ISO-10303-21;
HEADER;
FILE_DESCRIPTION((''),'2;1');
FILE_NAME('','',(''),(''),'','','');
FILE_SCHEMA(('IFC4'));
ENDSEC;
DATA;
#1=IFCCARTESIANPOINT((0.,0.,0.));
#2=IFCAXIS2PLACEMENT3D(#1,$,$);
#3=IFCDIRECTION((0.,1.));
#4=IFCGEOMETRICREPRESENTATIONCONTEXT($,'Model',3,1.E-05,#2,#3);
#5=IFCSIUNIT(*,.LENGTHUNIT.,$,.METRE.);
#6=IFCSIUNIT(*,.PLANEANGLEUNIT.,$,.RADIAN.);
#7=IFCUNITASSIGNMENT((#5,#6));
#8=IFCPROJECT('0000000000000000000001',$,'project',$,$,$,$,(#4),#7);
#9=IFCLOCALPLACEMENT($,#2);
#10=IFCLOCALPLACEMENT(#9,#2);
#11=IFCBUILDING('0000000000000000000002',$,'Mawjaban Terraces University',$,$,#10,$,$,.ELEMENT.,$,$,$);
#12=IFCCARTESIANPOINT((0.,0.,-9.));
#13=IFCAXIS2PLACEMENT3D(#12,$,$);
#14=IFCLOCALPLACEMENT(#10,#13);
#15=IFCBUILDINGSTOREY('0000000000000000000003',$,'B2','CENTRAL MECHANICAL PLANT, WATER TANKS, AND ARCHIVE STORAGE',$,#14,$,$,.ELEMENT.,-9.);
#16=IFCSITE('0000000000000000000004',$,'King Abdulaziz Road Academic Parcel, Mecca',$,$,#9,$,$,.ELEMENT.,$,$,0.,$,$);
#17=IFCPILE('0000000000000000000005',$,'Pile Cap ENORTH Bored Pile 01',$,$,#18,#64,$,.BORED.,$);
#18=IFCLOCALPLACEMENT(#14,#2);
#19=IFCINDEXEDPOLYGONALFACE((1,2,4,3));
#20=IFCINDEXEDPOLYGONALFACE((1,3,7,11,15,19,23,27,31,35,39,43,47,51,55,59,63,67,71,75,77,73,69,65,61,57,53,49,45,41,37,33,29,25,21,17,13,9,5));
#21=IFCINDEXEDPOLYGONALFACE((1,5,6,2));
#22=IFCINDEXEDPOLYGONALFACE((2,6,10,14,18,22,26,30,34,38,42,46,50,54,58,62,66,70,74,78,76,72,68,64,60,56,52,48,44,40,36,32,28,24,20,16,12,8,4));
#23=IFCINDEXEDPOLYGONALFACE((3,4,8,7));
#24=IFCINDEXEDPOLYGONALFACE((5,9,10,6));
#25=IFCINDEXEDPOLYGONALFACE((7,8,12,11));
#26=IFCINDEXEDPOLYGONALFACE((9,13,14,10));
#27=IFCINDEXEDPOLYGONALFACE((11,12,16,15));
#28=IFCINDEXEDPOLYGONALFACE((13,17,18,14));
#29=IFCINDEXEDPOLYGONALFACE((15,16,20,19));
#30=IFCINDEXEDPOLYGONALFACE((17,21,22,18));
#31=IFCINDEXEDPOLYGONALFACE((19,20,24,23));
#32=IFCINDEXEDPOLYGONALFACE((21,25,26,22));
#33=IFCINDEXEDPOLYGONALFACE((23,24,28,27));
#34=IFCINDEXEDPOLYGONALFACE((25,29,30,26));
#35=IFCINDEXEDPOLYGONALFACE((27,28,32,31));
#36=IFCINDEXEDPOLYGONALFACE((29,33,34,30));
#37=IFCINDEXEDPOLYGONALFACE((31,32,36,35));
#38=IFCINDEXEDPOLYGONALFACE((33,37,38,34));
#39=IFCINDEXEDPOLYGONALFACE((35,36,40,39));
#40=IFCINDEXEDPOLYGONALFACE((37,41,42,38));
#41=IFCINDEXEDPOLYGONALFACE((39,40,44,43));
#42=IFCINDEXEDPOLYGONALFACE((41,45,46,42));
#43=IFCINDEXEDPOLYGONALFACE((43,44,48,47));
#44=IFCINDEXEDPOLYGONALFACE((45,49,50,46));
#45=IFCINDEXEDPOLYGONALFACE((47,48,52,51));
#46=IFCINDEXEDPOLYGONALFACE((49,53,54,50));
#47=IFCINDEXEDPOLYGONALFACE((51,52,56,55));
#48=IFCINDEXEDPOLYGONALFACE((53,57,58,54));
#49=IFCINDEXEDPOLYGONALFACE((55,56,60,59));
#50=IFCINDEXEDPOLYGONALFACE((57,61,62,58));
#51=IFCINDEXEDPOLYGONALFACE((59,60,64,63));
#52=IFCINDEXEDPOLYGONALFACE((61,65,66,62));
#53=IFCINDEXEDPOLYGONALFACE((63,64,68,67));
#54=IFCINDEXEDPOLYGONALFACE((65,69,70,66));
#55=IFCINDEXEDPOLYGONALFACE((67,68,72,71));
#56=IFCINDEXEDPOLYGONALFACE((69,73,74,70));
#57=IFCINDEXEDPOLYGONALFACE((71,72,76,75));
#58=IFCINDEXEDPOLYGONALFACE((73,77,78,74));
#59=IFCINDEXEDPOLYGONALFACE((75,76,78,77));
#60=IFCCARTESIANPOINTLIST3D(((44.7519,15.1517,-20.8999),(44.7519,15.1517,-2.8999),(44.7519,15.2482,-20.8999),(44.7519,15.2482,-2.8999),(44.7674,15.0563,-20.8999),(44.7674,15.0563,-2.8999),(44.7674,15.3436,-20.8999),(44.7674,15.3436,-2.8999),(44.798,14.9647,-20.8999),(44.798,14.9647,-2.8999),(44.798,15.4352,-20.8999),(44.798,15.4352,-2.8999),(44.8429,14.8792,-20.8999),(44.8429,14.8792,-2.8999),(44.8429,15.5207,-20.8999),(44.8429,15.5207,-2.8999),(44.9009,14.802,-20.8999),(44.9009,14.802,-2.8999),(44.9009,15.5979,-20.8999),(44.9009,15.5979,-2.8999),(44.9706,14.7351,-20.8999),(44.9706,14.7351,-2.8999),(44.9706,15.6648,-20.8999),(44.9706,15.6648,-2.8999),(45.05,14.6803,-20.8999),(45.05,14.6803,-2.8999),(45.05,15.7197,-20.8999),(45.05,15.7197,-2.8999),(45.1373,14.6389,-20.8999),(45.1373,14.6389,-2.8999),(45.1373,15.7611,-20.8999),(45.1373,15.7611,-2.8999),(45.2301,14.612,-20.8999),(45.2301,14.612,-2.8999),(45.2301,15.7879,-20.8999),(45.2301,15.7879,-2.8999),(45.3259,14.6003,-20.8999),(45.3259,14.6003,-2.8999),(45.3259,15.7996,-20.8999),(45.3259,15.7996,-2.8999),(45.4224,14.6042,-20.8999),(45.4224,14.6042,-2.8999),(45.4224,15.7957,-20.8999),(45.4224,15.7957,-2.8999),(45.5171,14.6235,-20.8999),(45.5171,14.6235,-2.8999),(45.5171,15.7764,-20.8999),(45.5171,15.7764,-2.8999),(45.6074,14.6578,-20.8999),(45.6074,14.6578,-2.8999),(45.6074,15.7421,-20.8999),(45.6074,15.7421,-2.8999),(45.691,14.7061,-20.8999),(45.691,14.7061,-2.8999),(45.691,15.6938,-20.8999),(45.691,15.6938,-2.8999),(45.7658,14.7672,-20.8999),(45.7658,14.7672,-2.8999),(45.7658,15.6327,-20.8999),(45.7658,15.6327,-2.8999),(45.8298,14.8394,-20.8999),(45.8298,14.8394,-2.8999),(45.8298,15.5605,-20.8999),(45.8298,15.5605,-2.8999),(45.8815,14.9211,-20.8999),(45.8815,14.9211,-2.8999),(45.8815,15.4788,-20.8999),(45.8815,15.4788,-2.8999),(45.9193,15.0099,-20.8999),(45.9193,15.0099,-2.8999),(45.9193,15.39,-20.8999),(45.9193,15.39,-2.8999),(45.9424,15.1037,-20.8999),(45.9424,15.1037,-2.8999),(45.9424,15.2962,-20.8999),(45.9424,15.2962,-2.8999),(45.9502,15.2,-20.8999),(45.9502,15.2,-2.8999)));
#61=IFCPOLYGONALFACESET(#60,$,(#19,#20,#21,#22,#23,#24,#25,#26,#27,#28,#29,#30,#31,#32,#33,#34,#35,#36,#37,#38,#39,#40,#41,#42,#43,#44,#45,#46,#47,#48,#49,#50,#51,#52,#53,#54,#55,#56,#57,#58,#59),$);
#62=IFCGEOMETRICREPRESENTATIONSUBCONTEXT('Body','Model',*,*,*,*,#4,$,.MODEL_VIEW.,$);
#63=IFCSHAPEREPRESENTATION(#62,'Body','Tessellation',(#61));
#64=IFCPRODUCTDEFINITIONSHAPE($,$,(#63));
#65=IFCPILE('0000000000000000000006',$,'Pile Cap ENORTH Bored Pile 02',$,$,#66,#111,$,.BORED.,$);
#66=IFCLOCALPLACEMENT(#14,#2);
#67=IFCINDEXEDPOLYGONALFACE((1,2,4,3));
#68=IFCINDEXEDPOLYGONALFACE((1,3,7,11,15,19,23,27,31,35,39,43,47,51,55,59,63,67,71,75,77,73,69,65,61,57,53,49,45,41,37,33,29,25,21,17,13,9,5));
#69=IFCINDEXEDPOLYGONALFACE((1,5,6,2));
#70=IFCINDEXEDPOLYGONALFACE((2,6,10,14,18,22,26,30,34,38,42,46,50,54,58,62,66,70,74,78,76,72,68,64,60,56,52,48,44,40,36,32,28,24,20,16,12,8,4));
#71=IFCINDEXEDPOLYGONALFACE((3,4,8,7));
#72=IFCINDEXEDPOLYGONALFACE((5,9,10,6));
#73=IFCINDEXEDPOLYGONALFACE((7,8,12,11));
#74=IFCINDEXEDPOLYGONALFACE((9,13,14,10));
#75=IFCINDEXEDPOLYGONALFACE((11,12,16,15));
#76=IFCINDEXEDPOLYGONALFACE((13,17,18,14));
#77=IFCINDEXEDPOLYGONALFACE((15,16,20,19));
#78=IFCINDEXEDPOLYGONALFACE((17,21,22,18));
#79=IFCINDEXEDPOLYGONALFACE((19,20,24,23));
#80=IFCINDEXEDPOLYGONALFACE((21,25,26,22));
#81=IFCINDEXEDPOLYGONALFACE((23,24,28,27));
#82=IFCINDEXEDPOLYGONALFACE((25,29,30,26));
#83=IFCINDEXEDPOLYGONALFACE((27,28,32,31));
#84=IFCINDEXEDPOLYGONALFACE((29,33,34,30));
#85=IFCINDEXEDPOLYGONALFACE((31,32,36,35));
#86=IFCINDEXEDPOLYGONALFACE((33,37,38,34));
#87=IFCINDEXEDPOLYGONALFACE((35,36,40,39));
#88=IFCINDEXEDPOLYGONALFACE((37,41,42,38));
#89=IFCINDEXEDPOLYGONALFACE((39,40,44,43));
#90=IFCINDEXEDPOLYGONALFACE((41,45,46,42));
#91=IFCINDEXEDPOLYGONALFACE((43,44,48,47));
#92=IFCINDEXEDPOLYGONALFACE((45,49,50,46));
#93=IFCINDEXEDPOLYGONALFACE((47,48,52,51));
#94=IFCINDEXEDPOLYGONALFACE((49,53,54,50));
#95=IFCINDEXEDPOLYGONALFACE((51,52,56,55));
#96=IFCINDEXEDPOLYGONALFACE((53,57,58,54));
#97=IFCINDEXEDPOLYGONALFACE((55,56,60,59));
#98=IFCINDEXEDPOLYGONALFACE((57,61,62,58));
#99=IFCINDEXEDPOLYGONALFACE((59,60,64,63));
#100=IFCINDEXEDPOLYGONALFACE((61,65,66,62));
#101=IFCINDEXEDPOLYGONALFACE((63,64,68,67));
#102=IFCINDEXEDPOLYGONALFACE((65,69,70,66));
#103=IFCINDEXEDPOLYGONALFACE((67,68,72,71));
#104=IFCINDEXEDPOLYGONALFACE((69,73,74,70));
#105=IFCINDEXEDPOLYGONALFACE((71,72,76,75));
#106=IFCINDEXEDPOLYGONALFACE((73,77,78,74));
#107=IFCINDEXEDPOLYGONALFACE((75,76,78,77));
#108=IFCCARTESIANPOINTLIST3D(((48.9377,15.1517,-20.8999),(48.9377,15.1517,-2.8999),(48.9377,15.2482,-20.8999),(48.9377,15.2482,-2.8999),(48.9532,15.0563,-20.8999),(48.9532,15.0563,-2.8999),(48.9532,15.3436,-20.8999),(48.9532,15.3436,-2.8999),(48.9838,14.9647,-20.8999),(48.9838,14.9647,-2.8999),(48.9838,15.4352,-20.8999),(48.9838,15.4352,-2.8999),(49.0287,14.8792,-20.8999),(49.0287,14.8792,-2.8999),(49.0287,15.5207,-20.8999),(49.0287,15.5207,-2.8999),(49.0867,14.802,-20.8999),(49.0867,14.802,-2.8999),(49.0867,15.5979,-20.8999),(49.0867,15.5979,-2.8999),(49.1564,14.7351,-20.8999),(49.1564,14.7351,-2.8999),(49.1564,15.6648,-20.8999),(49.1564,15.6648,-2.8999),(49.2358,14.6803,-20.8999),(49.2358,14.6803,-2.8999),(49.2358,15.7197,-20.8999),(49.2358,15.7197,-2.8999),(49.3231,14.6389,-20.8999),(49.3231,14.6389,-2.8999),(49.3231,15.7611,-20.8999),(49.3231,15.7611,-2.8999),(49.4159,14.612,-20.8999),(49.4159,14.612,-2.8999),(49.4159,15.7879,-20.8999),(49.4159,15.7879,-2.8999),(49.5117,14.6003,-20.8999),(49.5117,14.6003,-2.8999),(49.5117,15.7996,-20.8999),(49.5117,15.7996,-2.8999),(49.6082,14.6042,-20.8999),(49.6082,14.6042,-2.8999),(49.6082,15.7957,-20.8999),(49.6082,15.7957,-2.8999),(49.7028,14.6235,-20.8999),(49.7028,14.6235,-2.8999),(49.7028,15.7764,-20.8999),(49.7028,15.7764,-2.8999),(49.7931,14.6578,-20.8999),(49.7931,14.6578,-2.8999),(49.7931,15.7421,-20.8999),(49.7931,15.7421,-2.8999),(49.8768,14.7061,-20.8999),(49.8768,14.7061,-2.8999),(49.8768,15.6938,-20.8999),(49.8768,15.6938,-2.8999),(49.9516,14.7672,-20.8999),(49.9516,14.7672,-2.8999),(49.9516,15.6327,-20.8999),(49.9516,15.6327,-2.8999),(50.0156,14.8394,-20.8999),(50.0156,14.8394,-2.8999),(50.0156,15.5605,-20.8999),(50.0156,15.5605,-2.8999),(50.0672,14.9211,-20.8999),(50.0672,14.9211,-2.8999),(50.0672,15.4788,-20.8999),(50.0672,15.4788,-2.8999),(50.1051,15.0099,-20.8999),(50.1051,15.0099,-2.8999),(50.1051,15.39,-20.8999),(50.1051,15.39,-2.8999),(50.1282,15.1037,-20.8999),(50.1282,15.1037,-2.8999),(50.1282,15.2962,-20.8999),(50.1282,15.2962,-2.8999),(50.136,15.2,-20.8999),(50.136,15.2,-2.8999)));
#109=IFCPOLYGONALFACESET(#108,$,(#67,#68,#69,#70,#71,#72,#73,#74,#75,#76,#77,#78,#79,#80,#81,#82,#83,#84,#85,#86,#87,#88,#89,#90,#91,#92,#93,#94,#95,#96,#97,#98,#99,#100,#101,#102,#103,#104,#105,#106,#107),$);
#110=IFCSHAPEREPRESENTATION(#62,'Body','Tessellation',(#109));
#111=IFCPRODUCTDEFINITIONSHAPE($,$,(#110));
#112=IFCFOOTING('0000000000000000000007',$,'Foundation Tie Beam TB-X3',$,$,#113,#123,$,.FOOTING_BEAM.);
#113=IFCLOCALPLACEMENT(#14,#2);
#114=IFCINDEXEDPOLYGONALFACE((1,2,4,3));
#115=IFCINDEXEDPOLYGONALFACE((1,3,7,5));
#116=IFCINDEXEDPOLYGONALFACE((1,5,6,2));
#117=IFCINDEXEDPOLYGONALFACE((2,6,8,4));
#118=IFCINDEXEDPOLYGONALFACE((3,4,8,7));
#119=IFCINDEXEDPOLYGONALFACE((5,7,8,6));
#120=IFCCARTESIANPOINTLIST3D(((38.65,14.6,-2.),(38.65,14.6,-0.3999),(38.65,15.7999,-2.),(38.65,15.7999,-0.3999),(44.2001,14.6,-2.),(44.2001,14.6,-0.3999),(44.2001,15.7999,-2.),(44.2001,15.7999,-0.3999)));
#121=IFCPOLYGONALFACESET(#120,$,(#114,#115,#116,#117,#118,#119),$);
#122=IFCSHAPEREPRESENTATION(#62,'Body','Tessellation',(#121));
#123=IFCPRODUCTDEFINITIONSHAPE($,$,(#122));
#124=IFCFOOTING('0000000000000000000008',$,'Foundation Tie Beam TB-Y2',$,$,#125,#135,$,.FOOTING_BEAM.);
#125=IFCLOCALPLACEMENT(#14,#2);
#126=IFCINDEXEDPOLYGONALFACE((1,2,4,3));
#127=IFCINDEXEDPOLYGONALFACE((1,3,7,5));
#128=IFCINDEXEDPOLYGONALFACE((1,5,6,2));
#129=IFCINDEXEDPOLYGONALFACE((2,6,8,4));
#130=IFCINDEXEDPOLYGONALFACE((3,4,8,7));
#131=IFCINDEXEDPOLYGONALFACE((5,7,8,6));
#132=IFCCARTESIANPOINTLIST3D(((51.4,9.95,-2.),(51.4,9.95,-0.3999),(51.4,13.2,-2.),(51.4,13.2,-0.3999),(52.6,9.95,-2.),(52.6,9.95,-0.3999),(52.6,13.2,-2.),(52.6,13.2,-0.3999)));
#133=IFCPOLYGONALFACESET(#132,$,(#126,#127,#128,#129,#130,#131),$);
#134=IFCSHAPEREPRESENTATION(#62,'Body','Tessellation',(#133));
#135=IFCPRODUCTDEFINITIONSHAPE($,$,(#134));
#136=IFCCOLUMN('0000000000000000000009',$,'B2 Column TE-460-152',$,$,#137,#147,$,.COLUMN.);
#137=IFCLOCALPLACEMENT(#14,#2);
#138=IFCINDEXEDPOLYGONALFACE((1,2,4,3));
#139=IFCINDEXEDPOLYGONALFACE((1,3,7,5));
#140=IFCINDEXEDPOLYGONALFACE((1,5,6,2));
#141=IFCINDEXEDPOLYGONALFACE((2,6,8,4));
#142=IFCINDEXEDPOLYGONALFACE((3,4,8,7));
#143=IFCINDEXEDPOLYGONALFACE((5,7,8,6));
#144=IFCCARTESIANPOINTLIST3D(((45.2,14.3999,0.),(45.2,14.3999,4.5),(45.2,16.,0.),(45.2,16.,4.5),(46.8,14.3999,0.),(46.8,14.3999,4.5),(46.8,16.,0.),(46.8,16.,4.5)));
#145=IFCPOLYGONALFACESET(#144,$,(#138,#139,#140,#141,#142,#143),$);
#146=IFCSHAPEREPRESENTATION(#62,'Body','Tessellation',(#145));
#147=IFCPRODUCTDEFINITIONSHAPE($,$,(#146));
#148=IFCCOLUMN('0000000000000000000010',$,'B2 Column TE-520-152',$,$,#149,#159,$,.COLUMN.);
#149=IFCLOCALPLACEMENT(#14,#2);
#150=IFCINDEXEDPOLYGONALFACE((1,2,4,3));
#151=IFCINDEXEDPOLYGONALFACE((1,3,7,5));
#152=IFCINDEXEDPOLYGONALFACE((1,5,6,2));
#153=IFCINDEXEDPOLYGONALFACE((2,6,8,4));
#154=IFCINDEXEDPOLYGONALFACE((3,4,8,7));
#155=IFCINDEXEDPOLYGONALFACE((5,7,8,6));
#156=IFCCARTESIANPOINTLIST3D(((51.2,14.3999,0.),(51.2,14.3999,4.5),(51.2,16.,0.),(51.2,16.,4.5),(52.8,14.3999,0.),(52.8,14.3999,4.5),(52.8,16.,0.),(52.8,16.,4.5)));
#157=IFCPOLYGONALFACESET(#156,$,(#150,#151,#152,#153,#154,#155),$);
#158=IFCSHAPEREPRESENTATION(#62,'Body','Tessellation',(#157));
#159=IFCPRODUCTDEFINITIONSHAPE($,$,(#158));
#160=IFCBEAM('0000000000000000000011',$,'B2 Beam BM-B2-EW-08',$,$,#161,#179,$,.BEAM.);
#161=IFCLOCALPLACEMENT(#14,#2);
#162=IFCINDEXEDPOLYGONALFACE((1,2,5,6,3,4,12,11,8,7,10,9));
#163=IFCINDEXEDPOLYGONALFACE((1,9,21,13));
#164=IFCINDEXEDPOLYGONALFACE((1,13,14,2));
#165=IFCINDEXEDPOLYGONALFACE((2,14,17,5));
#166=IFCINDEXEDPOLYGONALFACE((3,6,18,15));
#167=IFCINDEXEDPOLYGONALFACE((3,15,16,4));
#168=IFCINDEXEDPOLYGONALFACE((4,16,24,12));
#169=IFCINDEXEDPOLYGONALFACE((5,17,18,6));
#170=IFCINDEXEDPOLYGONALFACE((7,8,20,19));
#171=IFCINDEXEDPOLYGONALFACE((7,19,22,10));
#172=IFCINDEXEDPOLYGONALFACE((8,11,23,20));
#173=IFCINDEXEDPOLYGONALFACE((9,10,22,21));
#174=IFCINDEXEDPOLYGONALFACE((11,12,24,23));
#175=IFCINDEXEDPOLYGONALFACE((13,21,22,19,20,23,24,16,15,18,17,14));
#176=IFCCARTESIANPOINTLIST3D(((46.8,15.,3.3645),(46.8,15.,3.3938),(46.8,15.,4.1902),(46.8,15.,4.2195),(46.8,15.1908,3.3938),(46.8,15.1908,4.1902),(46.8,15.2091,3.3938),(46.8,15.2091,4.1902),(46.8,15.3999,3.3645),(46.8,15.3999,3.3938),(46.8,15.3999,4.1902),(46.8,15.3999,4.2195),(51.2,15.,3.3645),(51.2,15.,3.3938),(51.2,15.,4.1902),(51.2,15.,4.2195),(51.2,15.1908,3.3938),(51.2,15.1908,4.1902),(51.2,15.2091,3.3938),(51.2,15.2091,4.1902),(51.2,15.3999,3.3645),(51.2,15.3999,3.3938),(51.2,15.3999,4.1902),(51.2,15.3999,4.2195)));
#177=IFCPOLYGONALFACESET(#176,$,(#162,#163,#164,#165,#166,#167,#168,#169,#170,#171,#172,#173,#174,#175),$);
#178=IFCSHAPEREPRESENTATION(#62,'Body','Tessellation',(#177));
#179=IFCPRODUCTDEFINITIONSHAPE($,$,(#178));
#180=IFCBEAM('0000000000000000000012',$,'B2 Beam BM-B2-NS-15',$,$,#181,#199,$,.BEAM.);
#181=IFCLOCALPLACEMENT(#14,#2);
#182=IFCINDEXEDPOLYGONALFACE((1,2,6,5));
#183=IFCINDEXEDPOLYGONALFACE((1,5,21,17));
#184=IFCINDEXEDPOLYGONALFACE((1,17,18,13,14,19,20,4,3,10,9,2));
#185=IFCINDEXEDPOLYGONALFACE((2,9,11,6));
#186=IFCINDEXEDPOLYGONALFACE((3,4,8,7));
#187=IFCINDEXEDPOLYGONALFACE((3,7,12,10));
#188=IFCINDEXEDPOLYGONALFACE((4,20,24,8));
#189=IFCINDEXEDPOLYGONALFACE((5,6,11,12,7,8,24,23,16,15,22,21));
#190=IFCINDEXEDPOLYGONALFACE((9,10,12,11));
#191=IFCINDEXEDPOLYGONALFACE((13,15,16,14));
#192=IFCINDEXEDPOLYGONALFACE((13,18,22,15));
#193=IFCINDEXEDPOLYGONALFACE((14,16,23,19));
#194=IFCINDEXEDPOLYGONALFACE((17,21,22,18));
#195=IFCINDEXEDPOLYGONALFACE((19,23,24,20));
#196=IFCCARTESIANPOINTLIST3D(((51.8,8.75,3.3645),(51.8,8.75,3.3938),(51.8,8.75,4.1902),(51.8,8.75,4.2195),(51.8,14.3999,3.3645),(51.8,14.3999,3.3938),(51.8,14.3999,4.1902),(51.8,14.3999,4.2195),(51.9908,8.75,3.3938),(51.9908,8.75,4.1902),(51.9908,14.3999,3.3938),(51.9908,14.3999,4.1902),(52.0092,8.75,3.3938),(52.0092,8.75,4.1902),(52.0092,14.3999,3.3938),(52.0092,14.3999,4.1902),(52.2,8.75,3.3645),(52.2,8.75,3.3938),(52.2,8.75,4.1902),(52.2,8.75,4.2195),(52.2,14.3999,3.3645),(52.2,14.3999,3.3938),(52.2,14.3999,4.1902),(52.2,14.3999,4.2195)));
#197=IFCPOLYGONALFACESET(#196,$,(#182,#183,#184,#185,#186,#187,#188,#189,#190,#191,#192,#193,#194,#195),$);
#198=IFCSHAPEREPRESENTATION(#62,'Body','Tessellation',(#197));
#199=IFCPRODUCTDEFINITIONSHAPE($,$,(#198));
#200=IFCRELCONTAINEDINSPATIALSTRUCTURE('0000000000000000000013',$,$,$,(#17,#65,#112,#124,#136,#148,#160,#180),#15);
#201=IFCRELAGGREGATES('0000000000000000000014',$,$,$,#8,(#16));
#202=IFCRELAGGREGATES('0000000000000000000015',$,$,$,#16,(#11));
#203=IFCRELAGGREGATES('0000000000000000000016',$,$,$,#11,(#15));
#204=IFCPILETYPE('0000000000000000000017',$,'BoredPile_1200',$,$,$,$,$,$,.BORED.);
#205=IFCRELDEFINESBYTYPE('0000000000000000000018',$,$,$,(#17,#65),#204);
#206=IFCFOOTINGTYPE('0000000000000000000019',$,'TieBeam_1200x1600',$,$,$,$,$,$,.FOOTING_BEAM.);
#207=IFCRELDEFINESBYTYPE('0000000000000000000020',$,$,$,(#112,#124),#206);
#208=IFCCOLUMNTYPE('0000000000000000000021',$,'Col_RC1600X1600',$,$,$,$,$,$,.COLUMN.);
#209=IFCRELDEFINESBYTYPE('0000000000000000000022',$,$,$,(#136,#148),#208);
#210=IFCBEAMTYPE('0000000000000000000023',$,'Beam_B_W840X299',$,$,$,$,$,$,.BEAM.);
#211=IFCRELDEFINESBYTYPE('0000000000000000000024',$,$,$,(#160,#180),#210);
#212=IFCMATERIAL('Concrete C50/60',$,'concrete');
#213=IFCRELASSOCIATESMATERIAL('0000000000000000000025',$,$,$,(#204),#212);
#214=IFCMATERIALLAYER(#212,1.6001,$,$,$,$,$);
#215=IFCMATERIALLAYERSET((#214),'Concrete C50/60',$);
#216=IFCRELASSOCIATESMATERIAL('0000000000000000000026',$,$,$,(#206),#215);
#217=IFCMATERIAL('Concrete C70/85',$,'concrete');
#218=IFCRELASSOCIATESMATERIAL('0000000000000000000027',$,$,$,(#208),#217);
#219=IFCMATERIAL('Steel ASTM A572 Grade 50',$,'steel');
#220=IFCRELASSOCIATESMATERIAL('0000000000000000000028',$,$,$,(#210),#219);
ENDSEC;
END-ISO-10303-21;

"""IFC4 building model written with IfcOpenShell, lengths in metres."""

from ifc_helpers import new_model, si_unit, direction, frame, origin, origin_2d, place, context, subcontext, project, spatial, rectangle, circle, i_section, extrude, material, layer, layer_set, material_profile, profile_set, type_object, element, save


model = new_model("IFC4")

# Units and contexts
model_context = context("Model", 3, precision=1e-05, world=origin(), true_north=direction((0.0, 1.0)))
body_context = subcontext(model_context, "Body", "Model", "MODEL_VIEW")
ifc_project = project(units=[si_unit("LENGTHUNIT", "METRE"), si_unit("PLANEANGLEUNIT", "RADIAN")], contexts=[model_context])

# Site, building, storey
site_placement = place(None, origin())
site = spatial("IfcSite", under=ifc_project, at=site_placement, Name="King Abdulaziz Road Academic Parcel, Mecca", CompositionType="ELEMENT", RefElevation=0.0)
building_placement = place(site_placement, origin())
building = spatial("IfcBuilding", under=site, at=building_placement, Name="Mawjaban Terraces University", CompositionType="ELEMENT")
storey_placement = place(building_placement, frame((0.0, 0.0, -9.0)))
storey = spatial("IfcBuildingStorey", under=building, at=storey_placement, Name="B2", Description="CENTRAL MECHANICAL PLANT, WATER TANKS, AND ARCHIVE STORAGE", CompositionType="ELEMENT", Elevation=-9.0)

# Piles
ifc_material_1 = material(Name="Concrete C50/60", Category="concrete")
ifc_material_profile_1 = material_profile(ifc_material_1, circle(Radius=0.6001, at=origin_2d()), Name="PILE1200")
ifc_profile_set_1 = profile_set([ifc_material_profile_1], Name="Concrete C50/60")
pile_type = type_object("IfcPileType", Name="BoredPile_1200", PredefinedType="BORED", material=ifc_profile_set_1)
for number, where, z_axis, x_axis, name in (
    (1, (45.3501, 15.2, -2.8999), (0.0, 0.0, -1.0), (1.0, 0.0, 0.0), "Pile Cap ENORTH Bored Pile 01"),
    (2, (49.5359, 15.2, -2.8999), (0.0, 0.0, -1.0), (1.0, 0.0, 0.0), "Pile Cap ENORTH Bored Pile 02"),
):
    element("IfcPile", number, at=place(storey_placement, frame(where, z_axis=z_axis, x_axis=x_axis)), inside=storey, type_object=pile_type, Name=name, PredefinedType="BORED", context=body_context, shape_type="SweptSolid", body=[
        extrude(circle(Radius=0.6001, at=origin_2d()), origin(), (0.0, 0.0, 1.0), 18.0),
    ])

# Footings
ifc_layer_1 = layer(ifc_material_1, 1.6001)
ifc_layer_set_1 = layer_set([ifc_layer_1], Name="Concrete C50/60")
footing_type = type_object("IfcFootingType", Name="TieBeam_1200x1600", PredefinedType="FOOTING_BEAM", material=ifc_layer_set_1)
footing_1_placement = place(storey_placement, frame((41.425, 15.2, -2.0), z_axis=(0.0, 0.0, 1.0), x_axis=(1.0, 0.0, 0.0)))
element("IfcFooting", 3, at=footing_1_placement, inside=storey, type_object=footing_type, Name="Foundation Tie Beam TB-X3", PredefinedType="FOOTING_BEAM", context=body_context, shape_type="SweptSolid", body=[
    extrude(rectangle(XDim=5.55, YDim=1.2, at=origin_2d()), origin(), (0.0, 0.0, 1.0), 1.6001),
])
footing_2_placement = place(storey_placement, frame((52.0, 11.575, -2.0), z_axis=(0.0, 0.0, 1.0), x_axis=(1.0, 0.0, 0.0)))
element("IfcFooting", 4, at=footing_2_placement, inside=storey, type_object=footing_type, Name="Foundation Tie Beam TB-Y2", PredefinedType="FOOTING_BEAM", context=body_context, shape_type="SweptSolid", body=[
    extrude(rectangle(XDim=1.2, YDim=3.25, at=origin_2d()), origin(), (0.0, 0.0, 1.0), 1.6001),
])

# Columns
ifc_material_2 = material(Name="Concrete C70/85", Category="concrete")
ifc_material_profile_2 = material_profile(ifc_material_2, rectangle(XDim=1.6001, YDim=1.6001, at=origin_2d()), Name="RC1600X1600")
ifc_profile_set_2 = profile_set([ifc_material_profile_2], Name="Concrete C70/85")
column_type = type_object("IfcColumnType", Name="Col_RC1600X1600", PredefinedType="COLUMN", material=ifc_profile_set_2)
for number, where, z_axis, x_axis, name in (
    (5, (46.0, 15.2, 0.0), (0.0, 0.0, 1.0), (1.0, 0.0, 0.0), "B2 Column TE-460-152"),
    (6, (52.0, 15.2, 0.0), (0.0, 0.0, 1.0), (1.0, 0.0, 0.0), "B2 Column TE-520-152"),
):
    element("IfcColumn", number, at=place(storey_placement, frame(where, z_axis=z_axis, x_axis=x_axis)), inside=storey, type_object=column_type, Name=name, PredefinedType="COLUMN", context=body_context, shape_type="SweptSolid", body=[
        extrude(rectangle(XDim=1.6001, YDim=1.6001, at=origin_2d()), origin(), (0.0, 0.0, 1.0), 4.5),
    ])

# Beams
ifc_material_3 = material(Name="Steel ASTM A572 Grade 50", Category="steel")
ifc_material_profile_3 = material_profile(ifc_material_3, i_section(OverallWidth=0.3999, OverallDepth=0.855, WebThickness=0.0183, FlangeThickness=0.0293, at=origin_2d()), Name="W840X299")
ifc_profile_set_3 = profile_set([ifc_material_profile_3], Name="Steel ASTM A572 Grade 50")
beam_type_1 = type_object("IfcBeamType", Name="Beam_B_W840X299", PredefinedType="BEAM", material=ifc_profile_set_3)
beam_1_placement = place(storey_placement, frame((46.8, 15.2, 3.792), z_axis=(1.0, 0.0, 0.0), x_axis=(0.0, 1.0, 0.0)))
element("IfcBeam", 7, at=beam_1_placement, inside=storey, type_object=beam_type_1, Name="B2 Beam BM-B2-EW-08", PredefinedType="BEAM", context=body_context, shape_type="SweptSolid", body=[
    extrude(i_section(OverallWidth=0.3999, OverallDepth=0.855, WebThickness=0.0183, FlangeThickness=0.0293, at=origin_2d()), origin(), (0.0, 0.0, 1.0), 4.3999),
])
beam_2_placement = place(storey_placement, frame((52.0, 8.75, 3.792), z_axis=(0.0, 1.0, 0.0), x_axis=(-1.0, 0.0, 0.0)))
element("IfcBeam", 8, at=beam_2_placement, inside=storey, type_object=beam_type_1, Name="B2 Beam BM-B2-NS-15", PredefinedType="BEAM", context=body_context, shape_type="SweptSolid", body=[
    extrude(i_section(OverallWidth=0.3999, OverallDepth=0.855, WebThickness=0.0183, FlangeThickness=0.0293, at=origin_2d()), origin(), (0.0, 0.0, 1.0), 5.6499),
])

save(model, "model.ifc")
